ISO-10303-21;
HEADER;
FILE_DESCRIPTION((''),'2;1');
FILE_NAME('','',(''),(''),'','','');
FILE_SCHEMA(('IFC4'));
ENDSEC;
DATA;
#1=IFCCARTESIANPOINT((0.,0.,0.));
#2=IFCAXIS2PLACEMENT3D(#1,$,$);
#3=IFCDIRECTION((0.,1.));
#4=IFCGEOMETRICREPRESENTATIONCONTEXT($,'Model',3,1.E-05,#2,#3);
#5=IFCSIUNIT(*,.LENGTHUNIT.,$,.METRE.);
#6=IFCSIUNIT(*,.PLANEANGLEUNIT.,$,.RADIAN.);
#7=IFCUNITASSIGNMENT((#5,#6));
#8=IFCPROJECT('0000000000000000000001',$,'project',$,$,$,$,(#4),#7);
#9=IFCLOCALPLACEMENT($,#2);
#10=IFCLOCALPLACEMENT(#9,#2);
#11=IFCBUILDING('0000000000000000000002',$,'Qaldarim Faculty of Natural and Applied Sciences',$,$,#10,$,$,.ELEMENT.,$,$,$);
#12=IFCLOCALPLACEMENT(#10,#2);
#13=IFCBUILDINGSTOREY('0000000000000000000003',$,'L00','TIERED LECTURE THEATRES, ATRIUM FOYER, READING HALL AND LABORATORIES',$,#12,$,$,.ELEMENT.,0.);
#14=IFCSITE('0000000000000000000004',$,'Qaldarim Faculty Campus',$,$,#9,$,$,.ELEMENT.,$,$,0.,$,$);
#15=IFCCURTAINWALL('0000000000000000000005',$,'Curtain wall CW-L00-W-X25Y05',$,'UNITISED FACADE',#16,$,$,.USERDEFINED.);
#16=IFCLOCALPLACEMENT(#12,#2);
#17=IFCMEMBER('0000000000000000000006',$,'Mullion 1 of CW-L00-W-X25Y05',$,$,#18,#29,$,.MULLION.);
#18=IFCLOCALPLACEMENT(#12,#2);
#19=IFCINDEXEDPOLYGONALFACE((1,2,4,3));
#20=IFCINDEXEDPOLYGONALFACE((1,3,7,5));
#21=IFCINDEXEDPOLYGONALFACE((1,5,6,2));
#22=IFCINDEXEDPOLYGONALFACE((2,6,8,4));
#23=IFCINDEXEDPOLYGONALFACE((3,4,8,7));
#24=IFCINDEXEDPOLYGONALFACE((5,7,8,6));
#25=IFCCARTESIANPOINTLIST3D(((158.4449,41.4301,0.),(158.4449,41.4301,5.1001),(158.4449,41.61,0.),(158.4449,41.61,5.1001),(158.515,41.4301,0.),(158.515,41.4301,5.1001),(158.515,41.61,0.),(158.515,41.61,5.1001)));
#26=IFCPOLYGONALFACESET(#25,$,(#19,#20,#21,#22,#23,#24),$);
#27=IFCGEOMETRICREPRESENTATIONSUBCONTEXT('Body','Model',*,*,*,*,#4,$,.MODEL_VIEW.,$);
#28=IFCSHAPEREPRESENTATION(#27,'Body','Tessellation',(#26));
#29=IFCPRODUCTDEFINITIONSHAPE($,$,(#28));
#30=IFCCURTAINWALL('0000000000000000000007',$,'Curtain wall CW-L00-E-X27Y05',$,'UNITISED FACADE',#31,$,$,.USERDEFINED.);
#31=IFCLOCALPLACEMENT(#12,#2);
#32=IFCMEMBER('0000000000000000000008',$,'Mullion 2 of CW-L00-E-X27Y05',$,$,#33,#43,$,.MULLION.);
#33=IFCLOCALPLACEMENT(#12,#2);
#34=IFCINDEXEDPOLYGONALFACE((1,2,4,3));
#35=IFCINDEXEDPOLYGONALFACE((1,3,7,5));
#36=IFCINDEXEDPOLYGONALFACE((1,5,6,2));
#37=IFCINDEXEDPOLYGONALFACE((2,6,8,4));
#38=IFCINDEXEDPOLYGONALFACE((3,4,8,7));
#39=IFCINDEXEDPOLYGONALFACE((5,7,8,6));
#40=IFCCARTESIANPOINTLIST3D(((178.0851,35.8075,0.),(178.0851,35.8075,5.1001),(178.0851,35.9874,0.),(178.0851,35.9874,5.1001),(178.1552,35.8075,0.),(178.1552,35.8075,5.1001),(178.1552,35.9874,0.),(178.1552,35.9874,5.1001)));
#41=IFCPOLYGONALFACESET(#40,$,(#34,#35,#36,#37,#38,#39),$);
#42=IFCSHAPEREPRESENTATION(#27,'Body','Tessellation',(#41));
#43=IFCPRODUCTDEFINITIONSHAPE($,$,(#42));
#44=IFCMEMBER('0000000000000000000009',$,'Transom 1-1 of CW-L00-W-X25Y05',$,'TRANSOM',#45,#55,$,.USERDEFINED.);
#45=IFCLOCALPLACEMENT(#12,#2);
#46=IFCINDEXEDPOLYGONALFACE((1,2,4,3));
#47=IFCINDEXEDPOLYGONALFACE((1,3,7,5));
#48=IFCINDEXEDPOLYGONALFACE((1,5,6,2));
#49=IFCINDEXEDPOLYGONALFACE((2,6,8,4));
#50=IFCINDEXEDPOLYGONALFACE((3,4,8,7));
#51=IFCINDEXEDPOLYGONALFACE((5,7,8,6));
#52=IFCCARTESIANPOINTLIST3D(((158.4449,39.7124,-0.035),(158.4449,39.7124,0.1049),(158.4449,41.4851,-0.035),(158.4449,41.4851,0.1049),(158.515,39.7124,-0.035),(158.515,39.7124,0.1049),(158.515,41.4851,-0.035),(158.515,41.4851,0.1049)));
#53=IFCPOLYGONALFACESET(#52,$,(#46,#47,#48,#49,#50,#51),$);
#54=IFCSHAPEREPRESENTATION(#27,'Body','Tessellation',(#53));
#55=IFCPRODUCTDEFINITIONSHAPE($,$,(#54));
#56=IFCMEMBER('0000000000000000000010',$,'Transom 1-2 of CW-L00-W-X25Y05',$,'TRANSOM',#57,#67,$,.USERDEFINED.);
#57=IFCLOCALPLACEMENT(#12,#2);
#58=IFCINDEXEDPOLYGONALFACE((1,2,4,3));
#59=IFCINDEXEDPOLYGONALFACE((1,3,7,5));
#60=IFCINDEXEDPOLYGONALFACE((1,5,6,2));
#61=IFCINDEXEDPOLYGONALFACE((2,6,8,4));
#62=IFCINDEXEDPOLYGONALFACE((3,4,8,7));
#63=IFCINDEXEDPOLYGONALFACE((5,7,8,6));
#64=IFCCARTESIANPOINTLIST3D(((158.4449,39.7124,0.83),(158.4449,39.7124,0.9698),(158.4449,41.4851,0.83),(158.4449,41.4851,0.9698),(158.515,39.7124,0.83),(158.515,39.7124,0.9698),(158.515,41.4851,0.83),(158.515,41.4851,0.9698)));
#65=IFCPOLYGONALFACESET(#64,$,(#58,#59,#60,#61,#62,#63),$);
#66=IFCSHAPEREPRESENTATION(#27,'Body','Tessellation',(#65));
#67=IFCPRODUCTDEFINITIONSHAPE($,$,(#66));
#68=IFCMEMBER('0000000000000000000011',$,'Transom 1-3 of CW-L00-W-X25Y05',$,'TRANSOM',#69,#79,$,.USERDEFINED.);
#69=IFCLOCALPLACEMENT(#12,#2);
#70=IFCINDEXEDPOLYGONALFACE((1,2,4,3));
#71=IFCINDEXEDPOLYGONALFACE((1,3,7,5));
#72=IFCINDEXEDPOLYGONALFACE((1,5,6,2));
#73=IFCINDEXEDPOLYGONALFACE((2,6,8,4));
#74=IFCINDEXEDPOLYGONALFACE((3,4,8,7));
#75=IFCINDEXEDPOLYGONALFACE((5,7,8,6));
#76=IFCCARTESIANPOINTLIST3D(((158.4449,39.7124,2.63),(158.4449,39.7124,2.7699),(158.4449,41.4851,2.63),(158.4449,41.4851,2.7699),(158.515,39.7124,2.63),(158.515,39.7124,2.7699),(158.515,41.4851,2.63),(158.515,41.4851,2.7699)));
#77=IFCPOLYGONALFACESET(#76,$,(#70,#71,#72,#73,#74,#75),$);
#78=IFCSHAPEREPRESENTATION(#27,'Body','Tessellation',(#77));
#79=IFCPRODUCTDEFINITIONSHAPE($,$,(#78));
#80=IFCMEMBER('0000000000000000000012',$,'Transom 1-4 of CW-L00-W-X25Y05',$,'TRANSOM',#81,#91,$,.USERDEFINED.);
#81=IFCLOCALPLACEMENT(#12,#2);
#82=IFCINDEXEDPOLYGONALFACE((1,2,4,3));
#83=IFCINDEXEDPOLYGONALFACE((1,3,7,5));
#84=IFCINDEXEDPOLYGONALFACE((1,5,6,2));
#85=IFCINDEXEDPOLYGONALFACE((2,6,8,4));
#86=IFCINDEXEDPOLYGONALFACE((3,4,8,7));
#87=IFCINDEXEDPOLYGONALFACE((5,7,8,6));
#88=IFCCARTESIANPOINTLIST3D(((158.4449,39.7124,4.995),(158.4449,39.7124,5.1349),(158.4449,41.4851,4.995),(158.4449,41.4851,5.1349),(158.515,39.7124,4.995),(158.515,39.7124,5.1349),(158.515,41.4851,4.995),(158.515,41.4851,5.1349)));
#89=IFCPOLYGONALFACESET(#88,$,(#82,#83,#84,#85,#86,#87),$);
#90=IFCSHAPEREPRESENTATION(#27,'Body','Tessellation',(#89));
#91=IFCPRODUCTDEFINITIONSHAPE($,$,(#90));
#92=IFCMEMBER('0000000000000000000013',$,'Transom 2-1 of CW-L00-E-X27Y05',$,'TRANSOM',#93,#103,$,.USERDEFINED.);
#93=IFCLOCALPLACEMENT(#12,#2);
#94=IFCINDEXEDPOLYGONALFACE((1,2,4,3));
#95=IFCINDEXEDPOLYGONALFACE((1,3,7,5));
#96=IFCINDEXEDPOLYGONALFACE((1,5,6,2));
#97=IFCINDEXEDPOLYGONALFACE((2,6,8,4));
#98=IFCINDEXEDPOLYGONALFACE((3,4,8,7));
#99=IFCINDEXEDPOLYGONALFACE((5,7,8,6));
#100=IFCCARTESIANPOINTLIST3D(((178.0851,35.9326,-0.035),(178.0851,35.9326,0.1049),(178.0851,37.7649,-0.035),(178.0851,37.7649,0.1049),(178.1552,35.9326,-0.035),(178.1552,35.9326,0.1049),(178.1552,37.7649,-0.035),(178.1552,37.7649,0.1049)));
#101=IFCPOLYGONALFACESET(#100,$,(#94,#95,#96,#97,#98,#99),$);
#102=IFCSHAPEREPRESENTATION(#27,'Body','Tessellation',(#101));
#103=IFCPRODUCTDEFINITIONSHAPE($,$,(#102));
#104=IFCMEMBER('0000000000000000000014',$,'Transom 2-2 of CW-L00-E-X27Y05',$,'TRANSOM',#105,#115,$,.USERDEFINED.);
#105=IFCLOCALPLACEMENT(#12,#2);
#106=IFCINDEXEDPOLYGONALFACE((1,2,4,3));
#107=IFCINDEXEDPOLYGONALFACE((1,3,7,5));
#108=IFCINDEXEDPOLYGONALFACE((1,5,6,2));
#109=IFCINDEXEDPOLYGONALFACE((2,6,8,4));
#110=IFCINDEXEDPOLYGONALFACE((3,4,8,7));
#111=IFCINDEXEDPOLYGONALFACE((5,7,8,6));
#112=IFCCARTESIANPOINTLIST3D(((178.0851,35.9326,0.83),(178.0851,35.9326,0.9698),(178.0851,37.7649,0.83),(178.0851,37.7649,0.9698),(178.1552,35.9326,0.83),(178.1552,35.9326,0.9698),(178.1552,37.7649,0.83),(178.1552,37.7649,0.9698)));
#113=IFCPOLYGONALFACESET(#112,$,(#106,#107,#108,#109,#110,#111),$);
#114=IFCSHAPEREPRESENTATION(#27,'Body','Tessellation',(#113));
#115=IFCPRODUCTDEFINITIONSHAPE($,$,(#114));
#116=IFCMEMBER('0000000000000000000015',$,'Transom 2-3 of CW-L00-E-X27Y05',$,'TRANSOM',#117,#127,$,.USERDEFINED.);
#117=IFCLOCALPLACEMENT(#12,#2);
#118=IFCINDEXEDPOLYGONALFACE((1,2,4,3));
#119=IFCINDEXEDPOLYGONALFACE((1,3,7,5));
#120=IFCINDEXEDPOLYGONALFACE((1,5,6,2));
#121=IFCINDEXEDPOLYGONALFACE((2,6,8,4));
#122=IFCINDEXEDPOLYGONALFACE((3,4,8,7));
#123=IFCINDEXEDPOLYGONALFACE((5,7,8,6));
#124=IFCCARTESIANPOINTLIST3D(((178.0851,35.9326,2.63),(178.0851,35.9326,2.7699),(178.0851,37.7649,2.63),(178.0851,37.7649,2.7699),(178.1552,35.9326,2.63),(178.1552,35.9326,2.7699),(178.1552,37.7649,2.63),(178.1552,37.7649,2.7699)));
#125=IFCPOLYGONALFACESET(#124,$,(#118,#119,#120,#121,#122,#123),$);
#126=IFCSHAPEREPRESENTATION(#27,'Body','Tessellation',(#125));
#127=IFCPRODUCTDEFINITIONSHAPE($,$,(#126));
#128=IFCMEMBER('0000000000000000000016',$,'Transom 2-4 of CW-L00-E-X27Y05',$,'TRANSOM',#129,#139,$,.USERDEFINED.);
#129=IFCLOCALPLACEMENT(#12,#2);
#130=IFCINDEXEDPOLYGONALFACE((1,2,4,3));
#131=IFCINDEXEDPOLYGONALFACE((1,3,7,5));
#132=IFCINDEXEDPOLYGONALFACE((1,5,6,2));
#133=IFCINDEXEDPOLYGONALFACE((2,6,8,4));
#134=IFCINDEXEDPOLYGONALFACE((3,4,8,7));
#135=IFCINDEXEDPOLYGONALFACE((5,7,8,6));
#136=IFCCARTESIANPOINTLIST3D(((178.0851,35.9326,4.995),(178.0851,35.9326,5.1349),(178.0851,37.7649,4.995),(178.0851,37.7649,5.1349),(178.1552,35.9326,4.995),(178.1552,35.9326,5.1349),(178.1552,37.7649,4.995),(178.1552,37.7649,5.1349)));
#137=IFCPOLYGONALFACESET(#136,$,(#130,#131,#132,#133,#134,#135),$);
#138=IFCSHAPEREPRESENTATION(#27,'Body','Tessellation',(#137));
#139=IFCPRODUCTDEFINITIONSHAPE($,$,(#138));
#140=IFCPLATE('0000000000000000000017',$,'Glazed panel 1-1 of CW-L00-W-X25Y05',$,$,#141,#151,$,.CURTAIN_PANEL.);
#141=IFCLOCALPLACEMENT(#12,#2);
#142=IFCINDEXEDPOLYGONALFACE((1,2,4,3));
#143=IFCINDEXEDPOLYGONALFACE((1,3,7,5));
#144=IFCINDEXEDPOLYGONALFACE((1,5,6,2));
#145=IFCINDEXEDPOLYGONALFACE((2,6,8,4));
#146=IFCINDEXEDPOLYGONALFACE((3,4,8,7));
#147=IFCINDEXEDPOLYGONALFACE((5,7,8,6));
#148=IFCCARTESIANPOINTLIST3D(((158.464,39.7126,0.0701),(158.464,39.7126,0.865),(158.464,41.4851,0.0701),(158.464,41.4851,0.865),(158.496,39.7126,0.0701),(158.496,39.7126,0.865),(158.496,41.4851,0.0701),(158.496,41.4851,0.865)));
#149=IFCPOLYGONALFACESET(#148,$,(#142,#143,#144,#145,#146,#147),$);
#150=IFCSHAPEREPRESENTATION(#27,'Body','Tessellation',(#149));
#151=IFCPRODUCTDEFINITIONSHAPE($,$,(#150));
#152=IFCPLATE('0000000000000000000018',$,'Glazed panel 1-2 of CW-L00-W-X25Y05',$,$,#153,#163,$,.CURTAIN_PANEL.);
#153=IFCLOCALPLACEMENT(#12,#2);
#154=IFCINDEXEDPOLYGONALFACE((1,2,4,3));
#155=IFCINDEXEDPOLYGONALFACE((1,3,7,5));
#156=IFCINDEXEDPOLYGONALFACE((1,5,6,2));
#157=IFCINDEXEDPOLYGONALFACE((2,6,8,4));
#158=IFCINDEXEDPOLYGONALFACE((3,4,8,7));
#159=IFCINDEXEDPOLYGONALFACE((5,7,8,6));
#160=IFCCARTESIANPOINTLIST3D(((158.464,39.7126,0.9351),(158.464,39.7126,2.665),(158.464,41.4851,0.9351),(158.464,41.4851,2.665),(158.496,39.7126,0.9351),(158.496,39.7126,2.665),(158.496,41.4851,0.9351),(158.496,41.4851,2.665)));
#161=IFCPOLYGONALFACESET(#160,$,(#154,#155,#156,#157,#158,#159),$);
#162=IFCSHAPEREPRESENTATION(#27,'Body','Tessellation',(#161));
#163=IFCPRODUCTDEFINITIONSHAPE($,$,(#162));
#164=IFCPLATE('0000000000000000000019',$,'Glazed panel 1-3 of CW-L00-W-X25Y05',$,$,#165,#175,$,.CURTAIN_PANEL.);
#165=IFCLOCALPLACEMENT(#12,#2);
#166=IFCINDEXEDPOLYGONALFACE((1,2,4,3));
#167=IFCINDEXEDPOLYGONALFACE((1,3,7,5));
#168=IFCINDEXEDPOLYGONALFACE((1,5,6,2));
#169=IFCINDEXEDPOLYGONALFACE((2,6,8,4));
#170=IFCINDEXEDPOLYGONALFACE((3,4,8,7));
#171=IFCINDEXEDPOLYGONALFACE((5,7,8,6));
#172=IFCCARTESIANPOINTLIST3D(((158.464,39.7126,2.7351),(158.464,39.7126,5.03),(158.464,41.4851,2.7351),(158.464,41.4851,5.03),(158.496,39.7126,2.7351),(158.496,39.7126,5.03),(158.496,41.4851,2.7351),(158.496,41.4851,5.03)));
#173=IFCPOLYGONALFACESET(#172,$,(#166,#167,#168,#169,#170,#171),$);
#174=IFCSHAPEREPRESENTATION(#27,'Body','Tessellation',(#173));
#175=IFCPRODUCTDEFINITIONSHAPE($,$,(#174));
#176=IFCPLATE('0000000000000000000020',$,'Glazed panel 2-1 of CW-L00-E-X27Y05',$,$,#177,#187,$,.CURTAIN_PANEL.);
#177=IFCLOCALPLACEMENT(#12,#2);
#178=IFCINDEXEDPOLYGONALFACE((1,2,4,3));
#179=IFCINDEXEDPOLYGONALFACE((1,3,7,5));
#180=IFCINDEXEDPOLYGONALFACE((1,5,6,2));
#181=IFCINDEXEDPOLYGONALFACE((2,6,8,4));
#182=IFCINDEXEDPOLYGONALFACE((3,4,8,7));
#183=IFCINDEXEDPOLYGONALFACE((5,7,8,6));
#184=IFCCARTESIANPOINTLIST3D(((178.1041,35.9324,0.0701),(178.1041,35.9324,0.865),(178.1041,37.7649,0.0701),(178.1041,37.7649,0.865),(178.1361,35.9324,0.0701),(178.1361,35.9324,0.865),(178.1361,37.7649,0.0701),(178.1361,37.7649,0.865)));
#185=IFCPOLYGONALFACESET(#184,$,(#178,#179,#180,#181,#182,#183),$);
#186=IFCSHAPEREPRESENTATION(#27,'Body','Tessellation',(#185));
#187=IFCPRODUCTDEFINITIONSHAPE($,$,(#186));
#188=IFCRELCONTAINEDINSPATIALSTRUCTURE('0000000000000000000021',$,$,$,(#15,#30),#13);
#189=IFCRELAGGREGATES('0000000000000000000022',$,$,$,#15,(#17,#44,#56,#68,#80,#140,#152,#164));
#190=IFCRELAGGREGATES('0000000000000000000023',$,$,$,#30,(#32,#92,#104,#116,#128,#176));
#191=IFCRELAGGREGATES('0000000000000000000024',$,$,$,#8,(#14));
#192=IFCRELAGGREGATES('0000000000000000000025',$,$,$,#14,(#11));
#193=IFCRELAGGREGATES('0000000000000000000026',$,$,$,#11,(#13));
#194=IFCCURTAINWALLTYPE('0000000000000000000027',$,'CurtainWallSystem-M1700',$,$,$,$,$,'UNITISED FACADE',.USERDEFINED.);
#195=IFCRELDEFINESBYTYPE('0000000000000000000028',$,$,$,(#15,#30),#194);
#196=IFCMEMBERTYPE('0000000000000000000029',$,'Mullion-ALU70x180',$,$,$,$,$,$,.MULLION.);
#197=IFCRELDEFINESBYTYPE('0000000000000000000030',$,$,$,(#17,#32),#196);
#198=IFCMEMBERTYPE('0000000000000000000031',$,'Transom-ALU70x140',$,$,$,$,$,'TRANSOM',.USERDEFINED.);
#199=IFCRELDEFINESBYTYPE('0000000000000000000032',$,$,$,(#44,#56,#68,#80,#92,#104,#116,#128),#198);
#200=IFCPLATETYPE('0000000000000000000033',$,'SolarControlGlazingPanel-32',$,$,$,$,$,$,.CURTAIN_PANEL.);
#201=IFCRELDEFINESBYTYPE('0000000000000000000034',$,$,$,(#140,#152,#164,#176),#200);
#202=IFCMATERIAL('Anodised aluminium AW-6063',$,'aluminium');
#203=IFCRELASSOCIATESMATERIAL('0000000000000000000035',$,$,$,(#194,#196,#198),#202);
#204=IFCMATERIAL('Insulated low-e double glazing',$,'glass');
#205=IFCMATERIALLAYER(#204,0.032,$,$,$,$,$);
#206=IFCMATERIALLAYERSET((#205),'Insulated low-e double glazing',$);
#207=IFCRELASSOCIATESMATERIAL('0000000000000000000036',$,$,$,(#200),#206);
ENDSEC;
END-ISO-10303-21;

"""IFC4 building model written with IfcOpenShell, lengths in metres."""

from ifc_helpers import new_model, si_unit, direction, frame, origin, origin_2d, place, context, subcontext, project, spatial, rectangle, extrude, material, layer, layer_set, material_profile, profile_set, type_object, element, aggregate, save


model = new_model("IFC4")

# Units and contexts
model_context = context("Model", 3, precision=1e-05, world=origin(), true_north=direction((0.0, 1.0)))
body_context = subcontext(model_context, "Body", "Model", "MODEL_VIEW")
ifc_project = project(units=[si_unit("LENGTHUNIT", "METRE"), si_unit("PLANEANGLEUNIT", "RADIAN")], contexts=[model_context])

# Site, building, storey
site_placement = place(None, origin())
site = spatial("IfcSite", under=ifc_project, at=site_placement, Name="Qaldarim Faculty Campus", CompositionType="ELEMENT", RefElevation=0.0)
building_placement = place(site_placement, origin())
building = spatial("IfcBuilding", under=site, at=building_placement, Name="Qaldarim Faculty of Natural and Applied Sciences", CompositionType="ELEMENT")
storey_placement = place(building_placement, origin())
storey = spatial("IfcBuildingStorey", under=building, at=storey_placement, Name="L00", Description="TIERED LECTURE THEATRES, ATRIUM FOYER, READING HALL AND LABORATORIES", CompositionType="ELEMENT", Elevation=0.0)

# Curtain walls, members
ifc_material_1 = material(Name="Anodised aluminium AW-6063", Category="aluminium")
curtain_wall_type = type_object("IfcCurtainWallType", Name="CurtainWallSystem-M1700", ElementType="UNITISED FACADE", PredefinedType="USERDEFINED", material=ifc_material_1)
curtain_wall_1_placement = place(storey_placement, origin())
curtain_wall_1 = element("IfcCurtainWall", 1, at=curtain_wall_1_placement, inside=storey, type_object=curtain_wall_type, Name="Curtain wall CW-L00-W-X25Y05", ObjectType="UNITISED FACADE", PredefinedType="USERDEFINED")
ifc_material_profile_1 = material_profile(ifc_material_1, rectangle(XDim=0.0701, YDim=0.1799, at=origin_2d()), Name="ALU-M70x180")
ifc_profile_set_1 = profile_set([ifc_material_profile_1], Name="Anodised aluminium AW-6063")
member_type_1 = type_object("IfcMemberType", Name="Mullion-ALU70x180", PredefinedType="MULLION", material=ifc_profile_set_1)
member_1_placement = place(storey_placement, frame((158.48, 41.52, 0.0), z_axis=(0.0, 0.0, 1.0), x_axis=(1.0, 0.0, 0.0)))
member_1 = element("IfcMember", 2, at=member_1_placement, type_object=member_type_1, Name="Mullion 1 of CW-L00-W-X25Y05", PredefinedType="MULLION", context=body_context, shape_type="SweptSolid", body=[
    extrude(rectangle(XDim=0.0701, YDim=0.1799, at=origin_2d()), origin(), (0.0, 0.0, 1.0), 5.1001),
])
curtain_wall_2_placement = place(storey_placement, origin())
curtain_wall_2 = element("IfcCurtainWall", 3, at=curtain_wall_2_placement, inside=storey, type_object=curtain_wall_type, Name="Curtain wall CW-L00-E-X27Y05", ObjectType="UNITISED FACADE", PredefinedType="USERDEFINED")
member_2_placement = place(storey_placement, frame((178.1201, 35.8975, 0.0), z_axis=(0.0, 0.0, 1.0), x_axis=(-1.0, 0.0, 0.0)))
member_2 = element("IfcMember", 4, at=member_2_placement, type_object=member_type_1, Name="Mullion 2 of CW-L00-E-X27Y05", PredefinedType="MULLION", context=body_context, shape_type="SweptSolid", body=[
    extrude(rectangle(XDim=0.0701, YDim=0.1799, at=origin_2d()), origin(), (0.0, 0.0, 1.0), 5.1001),
])

# Members
ifc_material_profile_2 = material_profile(ifc_material_1, rectangle(XDim=0.0701, YDim=0.1399, at=origin_2d()), Name="ALU-T70x140")
ifc_profile_set_2 = profile_set([ifc_material_profile_2], Name="Anodised aluminium AW-6063")
member_type_2 = type_object("IfcMemberType", Name="Transom-ALU70x140", ElementType="TRANSOM", PredefinedType="USERDEFINED", material=ifc_profile_set_2)
member_3_placement = place(storey_placement, frame((158.48, 41.4851, 0.0349), z_axis=(0.0, -1.0, 0.0), x_axis=(1.0, 0.0, 0.0)))
member_3 = element("IfcMember", 5, at=member_3_placement, type_object=member_type_2, Name="Transom 1-1 of CW-L00-W-X25Y05", ObjectType="TRANSOM", PredefinedType="USERDEFINED", context=body_context, shape_type="SweptSolid", body=[
    extrude(rectangle(XDim=0.0701, YDim=0.1399, at=origin_2d()), origin(), (0.0, 0.0, 1.0), 1.7727),
])
member_4_placement = place(storey_placement, frame((158.48, 41.4851, 0.8999), z_axis=(0.0, -1.0, 0.0), x_axis=(1.0, 0.0, 0.0)))
member_4 = element("IfcMember", 6, at=member_4_placement, type_object=member_type_2, Name="Transom 1-2 of CW-L00-W-X25Y05", ObjectType="TRANSOM", PredefinedType="USERDEFINED", context=body_context, shape_type="SweptSolid", body=[
    extrude(rectangle(XDim=0.0701, YDim=0.1399, at=origin_2d()), origin(), (0.0, 0.0, 1.0), 1.7727),
])
member_5_placement = place(storey_placement, frame((158.48, 41.4851, 2.7), z_axis=(0.0, -1.0, 0.0), x_axis=(1.0, 0.0, 0.0)))
member_5 = element("IfcMember", 7, at=member_5_placement, type_object=member_type_2, Name="Transom 1-3 of CW-L00-W-X25Y05", ObjectType="TRANSOM", PredefinedType="USERDEFINED", context=body_context, shape_type="SweptSolid", body=[
    extrude(rectangle(XDim=0.0701, YDim=0.1399, at=origin_2d()), origin(), (0.0, 0.0, 1.0), 1.7727),
])
member_6_placement = place(storey_placement, frame((158.48, 41.4851, 5.0649), z_axis=(0.0, -1.0, 0.0), x_axis=(1.0, 0.0, 0.0)))
member_6 = element("IfcMember", 8, at=member_6_placement, type_object=member_type_2, Name="Transom 1-4 of CW-L00-W-X25Y05", ObjectType="TRANSOM", PredefinedType="USERDEFINED", context=body_context, shape_type="SweptSolid", body=[
    extrude(rectangle(XDim=0.0701, YDim=0.1399, at=origin_2d()), origin(), (0.0, 0.0, 1.0), 1.7727),
])
member_7_placement = place(storey_placement, frame((178.1201, 35.9326, 0.0349), z_axis=(0.0, 1.0, 0.0), x_axis=(-1.0, 0.0, 0.0)))
member_7 = element("IfcMember", 9, at=member_7_placement, type_object=member_type_2, Name="Transom 2-1 of CW-L00-E-X27Y05", ObjectType="TRANSOM", PredefinedType="USERDEFINED", context=body_context, shape_type="SweptSolid", body=[
    extrude(rectangle(XDim=0.0701, YDim=0.1399, at=origin_2d()), origin(), (0.0, 0.0, 1.0), 1.8323),
])
member_8_placement = place(storey_placement, frame((178.1201, 35.9326, 0.8999), z_axis=(0.0, 1.0, 0.0), x_axis=(-1.0, 0.0, 0.0)))
member_8 = element("IfcMember", 10, at=member_8_placement, type_object=member_type_2, Name="Transom 2-2 of CW-L00-E-X27Y05", ObjectType="TRANSOM", PredefinedType="USERDEFINED", context=body_context, shape_type="SweptSolid", body=[
    extrude(rectangle(XDim=0.0701, YDim=0.1399, at=origin_2d()), origin(), (0.0, 0.0, 1.0), 1.8323),
])
member_9_placement = place(storey_placement, frame((178.1201, 35.9326, 2.7), z_axis=(0.0, 1.0, 0.0), x_axis=(-1.0, 0.0, 0.0)))
member_9 = element("IfcMember", 11, at=member_9_placement, type_object=member_type_2, Name="Transom 2-3 of CW-L00-E-X27Y05", ObjectType="TRANSOM", PredefinedType="USERDEFINED", context=body_context, shape_type="SweptSolid", body=[
    extrude(rectangle(XDim=0.0701, YDim=0.1399, at=origin_2d()), origin(), (0.0, 0.0, 1.0), 1.8323),
])
member_10_placement = place(storey_placement, frame((178.1201, 35.9326, 5.0649), z_axis=(0.0, 1.0, 0.0), x_axis=(-1.0, 0.0, 0.0)))
member_10 = element("IfcMember", 12, at=member_10_placement, type_object=member_type_2, Name="Transom 2-4 of CW-L00-E-X27Y05", ObjectType="TRANSOM", PredefinedType="USERDEFINED", context=body_context, shape_type="SweptSolid", body=[
    extrude(rectangle(XDim=0.0701, YDim=0.1399, at=origin_2d()), origin(), (0.0, 0.0, 1.0), 1.8323),
])

# Plates
ifc_material_2 = material(Name="Insulated low-e double glazing", Category="glass")
ifc_layer_1 = layer(ifc_material_2, 0.032)
ifc_layer_set_1 = layer_set([ifc_layer_1], Name="Insulated low-e double glazing")
plate_type = type_object("IfcPlateType", Name="SolarControlGlazingPanel-32", PredefinedType="CURTAIN_PANEL", material=ifc_layer_set_1)
plate_1_placement = place(storey_placement, frame((158.48, 40.5989, 0.0701), z_axis=(0.0, 0.0, 1.0), x_axis=(0.0, -1.0, 0.0)))
plate_1 = element("IfcPlate", 13, at=plate_1_placement, type_object=plate_type, Name="Glazed panel 1-1 of CW-L00-W-X25Y05", PredefinedType="CURTAIN_PANEL", context=body_context, shape_type="SweptSolid", body=[
    extrude(rectangle(XDim=1.7725, YDim=0.032, at=origin_2d()), origin(), (0.0, 0.0, 1.0), 0.7949),
])
plate_2_placement = place(storey_placement, frame((158.48, 40.5989, 0.9351), z_axis=(0.0, 0.0, 1.0), x_axis=(0.0, -1.0, 0.0)))
plate_2 = element("IfcPlate", 14, at=plate_2_placement, type_object=plate_type, Name="Glazed panel 1-2 of CW-L00-W-X25Y05", PredefinedType="CURTAIN_PANEL", context=body_context, shape_type="SweptSolid", body=[
    extrude(rectangle(XDim=1.7725, YDim=0.032, at=origin_2d()), origin(), (0.0, 0.0, 1.0), 1.73),
])
plate_3_placement = place(storey_placement, frame((158.48, 40.5989, 2.7351), z_axis=(0.0, 0.0, 1.0), x_axis=(0.0, -1.0, 0.0)))
plate_3 = element("IfcPlate", 15, at=plate_3_placement, type_object=plate_type, Name="Glazed panel 1-3 of CW-L00-W-X25Y05", PredefinedType="CURTAIN_PANEL", context=body_context, shape_type="SweptSolid", body=[
    extrude(rectangle(XDim=1.7725, YDim=0.032, at=origin_2d()), origin(), (0.0, 0.0, 1.0), 2.2949),
])
aggregate(curtain_wall_1, [member_1, member_3, member_4, member_5, member_6, plate_1, plate_2, plate_3])
plate_4_placement = place(storey_placement, frame((178.1201, 36.8486, 0.0701), z_axis=(0.0, 0.0, 1.0), x_axis=(0.0, 1.0, 0.0)))
plate_4 = element("IfcPlate", 16, at=plate_4_placement, type_object=plate_type, Name="Glazed panel 2-1 of CW-L00-E-X27Y05", PredefinedType="CURTAIN_PANEL", context=body_context, shape_type="SweptSolid", body=[
    extrude(rectangle(XDim=1.8325, YDim=0.032, at=origin_2d()), origin(), (0.0, 0.0, 1.0), 0.7949),
])
aggregate(curtain_wall_2, [member_2, member_7, member_8, member_9, member_10, plate_4])

save(model, "model.ifc")
